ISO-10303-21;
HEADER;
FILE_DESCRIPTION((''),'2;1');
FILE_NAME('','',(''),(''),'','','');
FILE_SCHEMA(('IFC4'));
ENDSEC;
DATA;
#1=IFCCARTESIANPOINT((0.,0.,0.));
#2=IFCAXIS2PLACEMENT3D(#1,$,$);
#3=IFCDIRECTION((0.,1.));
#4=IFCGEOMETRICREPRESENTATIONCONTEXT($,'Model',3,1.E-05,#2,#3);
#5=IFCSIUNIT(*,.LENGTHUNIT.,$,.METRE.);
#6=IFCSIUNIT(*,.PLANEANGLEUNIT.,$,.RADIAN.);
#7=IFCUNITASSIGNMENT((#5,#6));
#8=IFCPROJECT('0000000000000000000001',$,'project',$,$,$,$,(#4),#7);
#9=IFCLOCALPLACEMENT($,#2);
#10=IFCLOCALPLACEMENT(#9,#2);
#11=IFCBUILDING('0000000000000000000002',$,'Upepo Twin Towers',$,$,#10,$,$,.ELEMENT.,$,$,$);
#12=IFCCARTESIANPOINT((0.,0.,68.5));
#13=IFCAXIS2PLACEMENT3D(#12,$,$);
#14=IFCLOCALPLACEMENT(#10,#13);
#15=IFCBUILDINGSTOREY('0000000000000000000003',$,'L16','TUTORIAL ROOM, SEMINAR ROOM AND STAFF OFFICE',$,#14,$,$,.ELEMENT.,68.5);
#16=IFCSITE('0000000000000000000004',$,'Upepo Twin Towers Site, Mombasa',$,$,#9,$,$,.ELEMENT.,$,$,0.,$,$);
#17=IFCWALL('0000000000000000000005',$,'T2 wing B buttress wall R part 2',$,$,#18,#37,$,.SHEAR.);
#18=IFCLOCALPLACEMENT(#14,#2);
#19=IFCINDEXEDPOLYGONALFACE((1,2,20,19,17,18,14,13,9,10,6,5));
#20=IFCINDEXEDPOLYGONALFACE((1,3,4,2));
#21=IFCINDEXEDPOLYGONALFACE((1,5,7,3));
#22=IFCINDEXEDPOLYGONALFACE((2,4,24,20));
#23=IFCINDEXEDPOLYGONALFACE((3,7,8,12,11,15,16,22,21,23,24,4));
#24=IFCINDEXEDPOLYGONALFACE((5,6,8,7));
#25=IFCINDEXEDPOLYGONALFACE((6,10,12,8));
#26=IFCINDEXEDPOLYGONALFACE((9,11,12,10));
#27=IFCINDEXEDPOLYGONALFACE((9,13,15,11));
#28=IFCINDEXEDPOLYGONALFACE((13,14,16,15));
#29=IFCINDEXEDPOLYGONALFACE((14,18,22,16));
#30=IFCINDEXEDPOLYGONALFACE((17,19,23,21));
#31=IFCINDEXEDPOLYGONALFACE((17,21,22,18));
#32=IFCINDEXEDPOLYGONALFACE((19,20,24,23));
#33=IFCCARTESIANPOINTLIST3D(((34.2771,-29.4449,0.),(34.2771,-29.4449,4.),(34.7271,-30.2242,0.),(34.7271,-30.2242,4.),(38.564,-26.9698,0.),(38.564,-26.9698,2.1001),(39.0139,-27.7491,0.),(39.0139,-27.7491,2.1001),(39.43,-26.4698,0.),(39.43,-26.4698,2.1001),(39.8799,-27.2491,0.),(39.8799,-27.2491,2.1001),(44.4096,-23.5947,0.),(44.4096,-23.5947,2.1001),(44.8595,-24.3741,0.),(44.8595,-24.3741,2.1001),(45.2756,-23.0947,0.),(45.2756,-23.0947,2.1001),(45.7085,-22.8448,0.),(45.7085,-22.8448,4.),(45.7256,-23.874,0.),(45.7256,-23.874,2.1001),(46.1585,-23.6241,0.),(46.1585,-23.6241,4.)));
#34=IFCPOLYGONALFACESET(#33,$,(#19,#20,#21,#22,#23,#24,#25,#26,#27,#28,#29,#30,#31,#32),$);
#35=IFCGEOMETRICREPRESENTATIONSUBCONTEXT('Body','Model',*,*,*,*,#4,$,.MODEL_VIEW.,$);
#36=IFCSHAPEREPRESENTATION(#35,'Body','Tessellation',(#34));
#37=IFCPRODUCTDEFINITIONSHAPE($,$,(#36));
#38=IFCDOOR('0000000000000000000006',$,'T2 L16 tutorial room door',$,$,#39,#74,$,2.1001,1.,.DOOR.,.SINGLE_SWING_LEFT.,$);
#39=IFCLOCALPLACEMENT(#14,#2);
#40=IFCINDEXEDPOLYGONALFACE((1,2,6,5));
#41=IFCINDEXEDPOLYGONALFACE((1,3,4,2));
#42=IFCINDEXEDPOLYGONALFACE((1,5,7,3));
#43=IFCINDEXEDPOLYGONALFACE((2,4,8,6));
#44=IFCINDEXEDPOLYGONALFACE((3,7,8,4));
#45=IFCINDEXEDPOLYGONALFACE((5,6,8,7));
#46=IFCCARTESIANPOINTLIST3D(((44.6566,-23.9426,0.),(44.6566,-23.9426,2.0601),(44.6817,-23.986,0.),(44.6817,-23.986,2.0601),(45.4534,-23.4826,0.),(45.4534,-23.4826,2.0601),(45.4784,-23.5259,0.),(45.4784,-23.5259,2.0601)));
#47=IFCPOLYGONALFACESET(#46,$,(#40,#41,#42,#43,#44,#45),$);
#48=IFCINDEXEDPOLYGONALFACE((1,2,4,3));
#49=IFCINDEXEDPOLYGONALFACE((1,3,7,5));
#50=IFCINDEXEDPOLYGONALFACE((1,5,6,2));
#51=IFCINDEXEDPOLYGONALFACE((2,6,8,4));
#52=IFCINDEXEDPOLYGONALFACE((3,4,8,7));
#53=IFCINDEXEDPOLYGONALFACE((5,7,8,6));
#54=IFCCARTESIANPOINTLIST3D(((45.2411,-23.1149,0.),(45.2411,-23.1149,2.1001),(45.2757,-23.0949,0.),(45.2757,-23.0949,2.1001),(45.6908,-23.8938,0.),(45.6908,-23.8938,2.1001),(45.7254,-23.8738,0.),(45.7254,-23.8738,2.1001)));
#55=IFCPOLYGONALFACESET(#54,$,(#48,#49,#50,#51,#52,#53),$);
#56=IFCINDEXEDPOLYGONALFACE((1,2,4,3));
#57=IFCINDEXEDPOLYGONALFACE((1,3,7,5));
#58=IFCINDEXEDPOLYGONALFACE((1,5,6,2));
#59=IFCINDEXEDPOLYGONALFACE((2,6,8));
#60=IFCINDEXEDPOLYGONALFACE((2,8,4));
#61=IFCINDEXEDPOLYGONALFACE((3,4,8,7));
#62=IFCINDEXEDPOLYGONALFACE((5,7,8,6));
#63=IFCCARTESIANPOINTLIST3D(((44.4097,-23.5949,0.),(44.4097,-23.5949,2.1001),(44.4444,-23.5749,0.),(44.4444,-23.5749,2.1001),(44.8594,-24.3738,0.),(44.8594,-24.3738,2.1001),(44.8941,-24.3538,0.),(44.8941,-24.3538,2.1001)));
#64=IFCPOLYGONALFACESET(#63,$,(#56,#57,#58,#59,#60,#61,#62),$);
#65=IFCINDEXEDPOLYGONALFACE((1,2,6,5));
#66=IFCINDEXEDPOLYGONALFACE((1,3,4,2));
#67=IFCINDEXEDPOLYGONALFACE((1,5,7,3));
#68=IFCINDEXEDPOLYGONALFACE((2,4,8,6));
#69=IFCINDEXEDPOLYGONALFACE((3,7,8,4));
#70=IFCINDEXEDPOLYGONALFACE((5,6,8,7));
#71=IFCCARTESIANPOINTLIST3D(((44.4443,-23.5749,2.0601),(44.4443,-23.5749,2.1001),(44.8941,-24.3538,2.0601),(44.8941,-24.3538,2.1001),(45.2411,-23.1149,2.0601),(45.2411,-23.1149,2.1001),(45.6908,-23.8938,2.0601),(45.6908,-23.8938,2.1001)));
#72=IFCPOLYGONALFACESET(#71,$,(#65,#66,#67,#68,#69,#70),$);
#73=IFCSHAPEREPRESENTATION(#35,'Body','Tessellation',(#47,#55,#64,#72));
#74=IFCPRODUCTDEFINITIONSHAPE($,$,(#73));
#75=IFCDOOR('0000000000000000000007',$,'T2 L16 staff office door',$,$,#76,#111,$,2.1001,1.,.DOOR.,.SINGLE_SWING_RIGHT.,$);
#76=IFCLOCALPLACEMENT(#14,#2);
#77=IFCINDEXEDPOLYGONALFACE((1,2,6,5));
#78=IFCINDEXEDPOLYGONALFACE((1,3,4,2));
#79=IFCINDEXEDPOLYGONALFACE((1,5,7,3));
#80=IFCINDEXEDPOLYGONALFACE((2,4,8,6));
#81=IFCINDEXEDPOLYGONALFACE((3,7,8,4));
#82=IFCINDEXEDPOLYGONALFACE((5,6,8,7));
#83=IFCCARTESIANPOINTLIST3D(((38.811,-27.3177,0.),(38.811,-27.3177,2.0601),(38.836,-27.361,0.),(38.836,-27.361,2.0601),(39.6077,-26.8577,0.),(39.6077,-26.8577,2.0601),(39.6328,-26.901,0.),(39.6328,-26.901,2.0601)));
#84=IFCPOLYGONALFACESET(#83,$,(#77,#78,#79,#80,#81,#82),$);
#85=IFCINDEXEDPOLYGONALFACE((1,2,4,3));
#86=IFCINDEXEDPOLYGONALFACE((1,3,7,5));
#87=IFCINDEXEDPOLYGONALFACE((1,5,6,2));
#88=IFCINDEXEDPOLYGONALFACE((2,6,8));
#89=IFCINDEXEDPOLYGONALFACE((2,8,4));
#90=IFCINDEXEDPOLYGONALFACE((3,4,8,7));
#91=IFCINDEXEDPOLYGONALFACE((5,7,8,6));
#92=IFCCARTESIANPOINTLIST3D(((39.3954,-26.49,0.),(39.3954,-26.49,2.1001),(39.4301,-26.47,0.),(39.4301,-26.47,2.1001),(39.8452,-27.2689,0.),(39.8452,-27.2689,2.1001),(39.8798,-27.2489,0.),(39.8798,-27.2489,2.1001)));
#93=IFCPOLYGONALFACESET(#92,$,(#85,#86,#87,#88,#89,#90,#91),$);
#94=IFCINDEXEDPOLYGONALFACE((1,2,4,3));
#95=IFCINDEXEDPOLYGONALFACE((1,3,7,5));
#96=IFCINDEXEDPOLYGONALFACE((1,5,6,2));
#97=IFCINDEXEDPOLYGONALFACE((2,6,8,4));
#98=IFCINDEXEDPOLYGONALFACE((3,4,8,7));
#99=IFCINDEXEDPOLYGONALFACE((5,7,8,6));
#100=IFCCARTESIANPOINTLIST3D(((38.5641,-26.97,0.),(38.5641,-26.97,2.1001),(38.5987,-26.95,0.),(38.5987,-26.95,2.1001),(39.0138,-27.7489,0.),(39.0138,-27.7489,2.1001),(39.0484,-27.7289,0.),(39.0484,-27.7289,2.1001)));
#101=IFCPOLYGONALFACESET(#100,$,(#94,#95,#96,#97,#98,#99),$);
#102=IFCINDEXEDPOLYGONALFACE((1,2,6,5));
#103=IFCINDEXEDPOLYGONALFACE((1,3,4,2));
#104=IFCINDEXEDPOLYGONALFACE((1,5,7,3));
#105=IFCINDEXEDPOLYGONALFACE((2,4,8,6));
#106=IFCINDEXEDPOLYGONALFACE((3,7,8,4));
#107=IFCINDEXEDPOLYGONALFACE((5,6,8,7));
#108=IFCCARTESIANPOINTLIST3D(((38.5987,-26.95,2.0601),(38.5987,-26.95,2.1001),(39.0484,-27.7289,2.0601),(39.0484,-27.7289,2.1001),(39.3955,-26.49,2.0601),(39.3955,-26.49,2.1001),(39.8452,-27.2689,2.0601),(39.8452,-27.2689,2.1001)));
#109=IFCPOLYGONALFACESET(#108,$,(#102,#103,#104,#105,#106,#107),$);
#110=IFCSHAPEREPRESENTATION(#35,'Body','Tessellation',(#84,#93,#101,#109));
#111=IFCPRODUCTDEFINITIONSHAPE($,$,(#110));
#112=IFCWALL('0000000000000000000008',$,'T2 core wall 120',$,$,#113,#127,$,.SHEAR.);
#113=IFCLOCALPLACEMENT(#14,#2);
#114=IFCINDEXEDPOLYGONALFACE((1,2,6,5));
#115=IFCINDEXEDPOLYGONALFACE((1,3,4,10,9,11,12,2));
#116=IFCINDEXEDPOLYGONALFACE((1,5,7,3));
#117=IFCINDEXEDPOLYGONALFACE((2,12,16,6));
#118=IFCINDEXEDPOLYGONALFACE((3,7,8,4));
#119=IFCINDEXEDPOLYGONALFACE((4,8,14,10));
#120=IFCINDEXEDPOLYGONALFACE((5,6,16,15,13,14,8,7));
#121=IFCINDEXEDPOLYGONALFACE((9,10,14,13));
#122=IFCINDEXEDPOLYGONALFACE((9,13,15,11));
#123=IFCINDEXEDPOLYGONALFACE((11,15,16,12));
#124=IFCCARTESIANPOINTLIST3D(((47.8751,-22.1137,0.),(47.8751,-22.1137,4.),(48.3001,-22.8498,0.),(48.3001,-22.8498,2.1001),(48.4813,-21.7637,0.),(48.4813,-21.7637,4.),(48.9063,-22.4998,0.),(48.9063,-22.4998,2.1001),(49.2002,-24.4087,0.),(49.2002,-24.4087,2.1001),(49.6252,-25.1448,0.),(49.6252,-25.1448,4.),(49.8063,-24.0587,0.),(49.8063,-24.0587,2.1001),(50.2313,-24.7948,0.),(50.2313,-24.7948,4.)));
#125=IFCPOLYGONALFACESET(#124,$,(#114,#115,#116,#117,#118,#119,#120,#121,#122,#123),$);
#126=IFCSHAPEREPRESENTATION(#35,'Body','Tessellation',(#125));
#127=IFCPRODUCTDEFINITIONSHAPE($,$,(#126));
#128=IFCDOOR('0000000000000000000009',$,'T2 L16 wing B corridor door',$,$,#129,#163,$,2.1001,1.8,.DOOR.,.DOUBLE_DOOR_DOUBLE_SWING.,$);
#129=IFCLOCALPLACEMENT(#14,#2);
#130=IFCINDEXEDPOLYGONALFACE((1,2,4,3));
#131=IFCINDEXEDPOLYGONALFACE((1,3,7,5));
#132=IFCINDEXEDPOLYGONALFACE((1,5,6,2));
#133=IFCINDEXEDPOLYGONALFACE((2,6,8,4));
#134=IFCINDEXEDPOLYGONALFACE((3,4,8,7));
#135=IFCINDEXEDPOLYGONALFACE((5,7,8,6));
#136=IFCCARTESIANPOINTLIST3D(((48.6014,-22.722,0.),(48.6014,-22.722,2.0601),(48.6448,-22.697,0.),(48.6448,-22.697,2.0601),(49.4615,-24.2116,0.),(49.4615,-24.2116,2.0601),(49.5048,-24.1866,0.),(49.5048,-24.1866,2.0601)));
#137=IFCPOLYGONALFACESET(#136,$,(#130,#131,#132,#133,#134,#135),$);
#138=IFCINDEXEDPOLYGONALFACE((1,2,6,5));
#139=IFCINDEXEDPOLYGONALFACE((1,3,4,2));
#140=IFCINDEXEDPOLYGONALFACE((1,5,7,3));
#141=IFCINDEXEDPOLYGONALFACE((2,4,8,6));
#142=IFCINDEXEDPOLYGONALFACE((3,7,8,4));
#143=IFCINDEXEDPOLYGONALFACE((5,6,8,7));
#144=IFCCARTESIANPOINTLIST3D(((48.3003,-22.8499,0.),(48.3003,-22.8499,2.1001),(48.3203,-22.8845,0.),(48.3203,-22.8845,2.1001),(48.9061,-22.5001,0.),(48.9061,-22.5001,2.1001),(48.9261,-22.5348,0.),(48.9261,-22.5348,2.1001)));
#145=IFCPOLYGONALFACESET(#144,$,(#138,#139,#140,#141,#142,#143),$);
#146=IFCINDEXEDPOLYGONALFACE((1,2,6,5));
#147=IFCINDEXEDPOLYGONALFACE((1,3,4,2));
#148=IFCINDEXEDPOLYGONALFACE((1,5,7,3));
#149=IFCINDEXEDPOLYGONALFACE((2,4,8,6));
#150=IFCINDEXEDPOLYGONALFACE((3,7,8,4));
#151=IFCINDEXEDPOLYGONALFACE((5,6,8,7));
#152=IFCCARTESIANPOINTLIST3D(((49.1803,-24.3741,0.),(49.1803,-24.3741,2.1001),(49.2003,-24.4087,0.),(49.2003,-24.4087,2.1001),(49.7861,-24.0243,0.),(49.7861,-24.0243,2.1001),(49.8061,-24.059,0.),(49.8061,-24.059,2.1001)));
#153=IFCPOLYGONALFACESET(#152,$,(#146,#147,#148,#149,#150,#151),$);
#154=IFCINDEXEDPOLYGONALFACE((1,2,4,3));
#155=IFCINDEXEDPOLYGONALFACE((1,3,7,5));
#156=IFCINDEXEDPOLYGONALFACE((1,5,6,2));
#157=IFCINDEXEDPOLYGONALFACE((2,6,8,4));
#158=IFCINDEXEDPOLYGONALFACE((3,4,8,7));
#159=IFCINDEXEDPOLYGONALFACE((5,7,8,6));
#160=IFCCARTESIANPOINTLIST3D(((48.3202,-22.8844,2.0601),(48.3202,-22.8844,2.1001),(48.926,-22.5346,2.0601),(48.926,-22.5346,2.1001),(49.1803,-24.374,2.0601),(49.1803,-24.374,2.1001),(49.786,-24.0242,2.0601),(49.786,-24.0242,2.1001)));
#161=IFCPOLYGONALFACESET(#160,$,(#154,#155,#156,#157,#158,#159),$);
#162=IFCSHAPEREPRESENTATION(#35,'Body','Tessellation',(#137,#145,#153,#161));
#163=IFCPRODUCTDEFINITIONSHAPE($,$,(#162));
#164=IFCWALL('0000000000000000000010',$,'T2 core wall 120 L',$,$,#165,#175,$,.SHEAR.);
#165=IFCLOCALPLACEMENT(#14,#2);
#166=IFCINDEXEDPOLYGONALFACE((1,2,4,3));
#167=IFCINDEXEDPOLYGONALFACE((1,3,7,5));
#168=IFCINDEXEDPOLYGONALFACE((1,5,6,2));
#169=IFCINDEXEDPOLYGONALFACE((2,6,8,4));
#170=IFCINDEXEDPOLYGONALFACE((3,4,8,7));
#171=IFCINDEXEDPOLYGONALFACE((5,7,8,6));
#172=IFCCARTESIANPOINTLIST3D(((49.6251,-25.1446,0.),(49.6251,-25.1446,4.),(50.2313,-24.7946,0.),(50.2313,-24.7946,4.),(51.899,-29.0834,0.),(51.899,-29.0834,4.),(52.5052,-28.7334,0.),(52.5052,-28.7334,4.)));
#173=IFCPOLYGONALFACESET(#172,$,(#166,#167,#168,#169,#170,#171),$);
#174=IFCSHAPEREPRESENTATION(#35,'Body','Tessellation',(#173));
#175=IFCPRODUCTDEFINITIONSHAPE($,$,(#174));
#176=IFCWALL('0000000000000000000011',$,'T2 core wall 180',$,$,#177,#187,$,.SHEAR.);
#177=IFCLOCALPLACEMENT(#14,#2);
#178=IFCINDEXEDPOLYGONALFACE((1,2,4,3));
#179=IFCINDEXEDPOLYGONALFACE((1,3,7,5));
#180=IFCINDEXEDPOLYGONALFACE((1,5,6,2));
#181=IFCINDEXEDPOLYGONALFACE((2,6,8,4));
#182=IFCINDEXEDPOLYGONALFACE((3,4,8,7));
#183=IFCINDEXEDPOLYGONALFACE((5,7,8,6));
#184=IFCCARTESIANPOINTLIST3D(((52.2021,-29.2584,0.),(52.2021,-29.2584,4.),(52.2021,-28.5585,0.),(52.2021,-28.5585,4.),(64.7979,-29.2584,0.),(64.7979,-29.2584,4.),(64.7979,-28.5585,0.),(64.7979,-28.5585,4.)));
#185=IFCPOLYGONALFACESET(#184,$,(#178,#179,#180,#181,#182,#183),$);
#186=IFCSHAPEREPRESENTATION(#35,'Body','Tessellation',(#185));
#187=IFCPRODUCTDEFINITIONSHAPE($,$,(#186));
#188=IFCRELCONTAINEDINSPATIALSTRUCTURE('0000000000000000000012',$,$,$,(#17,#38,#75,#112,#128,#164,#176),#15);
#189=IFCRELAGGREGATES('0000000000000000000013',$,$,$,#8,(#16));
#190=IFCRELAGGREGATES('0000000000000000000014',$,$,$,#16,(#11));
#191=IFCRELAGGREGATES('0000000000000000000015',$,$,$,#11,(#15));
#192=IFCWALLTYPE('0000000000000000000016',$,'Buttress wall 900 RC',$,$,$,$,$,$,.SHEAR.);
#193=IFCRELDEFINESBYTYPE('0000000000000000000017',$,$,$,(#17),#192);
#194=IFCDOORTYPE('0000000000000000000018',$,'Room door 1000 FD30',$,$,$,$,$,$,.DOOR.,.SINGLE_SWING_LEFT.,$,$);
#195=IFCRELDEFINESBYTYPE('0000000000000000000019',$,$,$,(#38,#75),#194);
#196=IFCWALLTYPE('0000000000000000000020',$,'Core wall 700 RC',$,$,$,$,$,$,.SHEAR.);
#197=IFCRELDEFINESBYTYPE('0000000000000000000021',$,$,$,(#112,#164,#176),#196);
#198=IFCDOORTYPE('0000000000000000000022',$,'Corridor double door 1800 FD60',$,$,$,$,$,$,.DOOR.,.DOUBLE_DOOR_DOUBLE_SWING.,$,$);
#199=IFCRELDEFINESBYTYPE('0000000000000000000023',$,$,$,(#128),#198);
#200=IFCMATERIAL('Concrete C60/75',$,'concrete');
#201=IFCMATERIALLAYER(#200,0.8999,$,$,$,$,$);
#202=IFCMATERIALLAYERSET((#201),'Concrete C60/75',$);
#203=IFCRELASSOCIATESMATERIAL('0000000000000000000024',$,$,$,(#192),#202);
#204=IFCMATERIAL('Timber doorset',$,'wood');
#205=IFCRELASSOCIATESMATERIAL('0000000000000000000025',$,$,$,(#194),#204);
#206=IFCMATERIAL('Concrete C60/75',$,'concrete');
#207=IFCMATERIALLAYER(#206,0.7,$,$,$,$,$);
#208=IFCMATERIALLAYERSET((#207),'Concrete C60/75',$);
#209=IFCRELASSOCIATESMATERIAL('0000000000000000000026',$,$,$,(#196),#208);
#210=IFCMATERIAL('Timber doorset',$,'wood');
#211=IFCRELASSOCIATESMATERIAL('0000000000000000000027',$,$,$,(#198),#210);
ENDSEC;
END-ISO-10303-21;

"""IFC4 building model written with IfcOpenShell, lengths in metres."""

from ifc_helpers import new_model, si_unit, direction, frame, frame_2d, origin, place, context, subcontext, project, spatial, rectangle, extrude, material, layer, layer_set, type_object, element, fill, save


model = new_model("IFC4")

# Units and contexts
model_context = context("Model", 3, precision=1e-05, world=origin(), true_north=direction((0.0, 1.0)))
body_context = subcontext(model_context, "Body", "Model", "MODEL_VIEW")
ifc_project = project(units=[si_unit("LENGTHUNIT", "METRE"), si_unit("PLANEANGLEUNIT", "RADIAN")], contexts=[model_context])

# Site, building, storey
site_placement = place(None, origin())
site = spatial("IfcSite", under=ifc_project, at=site_placement, Name="Upepo Twin Towers Site, Mombasa", CompositionType="ELEMENT", RefElevation=0.0)
building_placement = place(site_placement, origin())
building = spatial("IfcBuilding", under=site, at=building_placement, Name="Upepo Twin Towers", CompositionType="ELEMENT")
storey_placement = place(building_placement, frame((0.0, 0.0, 68.5)))
storey = spatial("IfcBuildingStorey", under=building, at=storey_placement, Name="L16", Description="TUTORIAL ROOM, SEMINAR ROOM AND STAFF OFFICE", CompositionType="ELEMENT", Elevation=68.5)

# Wall, openings, doors
ifc_material_1 = material(Name="Concrete C60/75", Category="concrete")
ifc_layer_1 = layer(ifc_material_1, 0.8999)
ifc_layer_set_1 = layer_set([ifc_layer_1], Name="Concrete C60/75")
wall_type_1 = type_object("IfcWallType", Name="Buttress wall 900 RC", PredefinedType="SHEAR", material=ifc_layer_set_1)
ifc_material_2 = material(Name="Timber doorset", Category="wood")
door_type_1 = type_object("IfcDoorType", Name="Room door 1000 FD30", OperationType="SINGLE_SWING_LEFT", PredefinedType="DOOR", material=ifc_material_2)
wall_1_placement = place(storey_placement, frame((45.9336, -23.2344, 0.0), z_axis=(0.0, 0.0, 1.0), x_axis=(-0.86602, -0.50001, 0.0)))
wall_1 = element("IfcWall", 1, at=wall_1_placement, inside=storey, type_object=wall_type_1, Name="T2 wing B buttress wall R part 2", PredefinedType="SHEAR", context=body_context, shape_type="SweptSolid", body=[
    extrude(rectangle(XDim=13.2, YDim=0.8999, at=frame_2d((6.6001, 0.0))), origin(), (0.0, 0.0, 1.0), 4.0),
])
opening_1_placement = place(wall_1_placement, frame((0.5, 0.0, 0.0)))
opening_1 = element("IfcOpeningElement", 2, at=opening_1_placement, cuts=wall_1, PredefinedType="OPENING", context=body_context, shape_type="SweptSolid", body=[
    extrude(rectangle(XDim=1.0, YDim=2.1001, at=frame_2d((0.5, 1.05))), frame((0.0, 0.46, 0.0), z_axis=(0.0, -1.0, 0.0), x_axis=(1.0, 0.0, 0.0)), (0.0, 0.0, 1.0), 0.9199),
])
opening_2_placement = place(wall_1_placement, frame((7.25, 0.0, 0.0)))
opening_2 = element("IfcOpeningElement", 3, at=opening_2_placement, cuts=wall_1, PredefinedType="OPENING", context=body_context, shape_type="SweptSolid", body=[
    extrude(rectangle(XDim=1.0, YDim=2.1001, at=frame_2d((0.5, 1.05))), frame((0.0, 0.46, 0.0), z_axis=(0.0, -1.0, 0.0), x_axis=(1.0, 0.0, 0.0)), (0.0, 0.0, 1.0), 0.9199),
])
door_1_placement = place(opening_1_placement, origin())
door_1 = element("IfcDoor", 4, at=door_1_placement, inside=storey, type_object=door_type_1, Name="T2 L16 tutorial room door", OperationType="SINGLE_SWING_LEFT", OverallHeight=2.1001, OverallWidth=1.0, PredefinedType="DOOR", context=body_context, shape_type="SweptSolid", body=[
    extrude(rectangle(XDim=0.92, YDim=2.0601, at=frame_2d((0.5, 1.03))), frame((0.0, 0.0249, 0.0), z_axis=(0.0, -1.0, 0.0), x_axis=(1.0, 0.0, 0.0)), (0.0, 0.0, 1.0), 0.05),
    extrude(rectangle(XDim=0.04, YDim=2.1001, at=frame_2d((0.02, 1.05))), frame((0.0, 0.4497, 0.0), z_axis=(0.0, -1.0, 0.0), x_axis=(1.0, 0.0, 0.0)), (0.0, 0.0, 1.0), 0.8994),
    extrude(rectangle(XDim=0.04, YDim=2.1001, at=frame_2d((0.98, 1.05))), frame((0.0, 0.4497, 0.0), z_axis=(0.0, -1.0, 0.0), x_axis=(1.0, 0.0, 0.0)), (0.0, 0.0, 1.0), 0.8994),
    extrude(rectangle(XDim=0.92, YDim=0.04, at=frame_2d((0.5, 2.0801))), frame((0.0, 0.4497, 0.0), z_axis=(0.0, -1.0, 0.0), x_axis=(1.0, 0.0, 0.0)), (0.0, 0.0, 1.0), 0.8994),
])
fill(opening_1, door_1)
door_2_placement = place(opening_2_placement, origin())
door_2 = element("IfcDoor", 5, at=door_2_placement, inside=storey, type_object=door_type_1, Name="T2 L16 staff office door", OperationType="SINGLE_SWING_RIGHT", OverallHeight=2.1001, OverallWidth=1.0, PredefinedType="DOOR", context=body_context, shape_type="SweptSolid", body=[
    extrude(rectangle(XDim=0.92, YDim=2.0601, at=frame_2d((0.5, 1.03))), frame((0.0, 0.0249, 0.0), z_axis=(0.0, -1.0, 0.0), x_axis=(1.0, 0.0, 0.0)), (0.0, 0.0, 1.0), 0.05),
    extrude(rectangle(XDim=0.04, YDim=2.1001, at=frame_2d((0.02, 1.05))), frame((0.0, 0.4497, 0.0), z_axis=(0.0, -1.0, 0.0), x_axis=(1.0, 0.0, 0.0)), (0.0, 0.0, 1.0), 0.8994),
    extrude(rectangle(XDim=0.04, YDim=2.1001, at=frame_2d((0.98, 1.05))), frame((0.0, 0.4497, 0.0), z_axis=(0.0, -1.0, 0.0), x_axis=(1.0, 0.0, 0.0)), (0.0, 0.0, 1.0), 0.8994),
    extrude(rectangle(XDim=0.92, YDim=0.04, at=frame_2d((0.5, 2.0801))), frame((0.0, 0.4497, 0.0), z_axis=(0.0, -1.0, 0.0), x_axis=(1.0, 0.0, 0.0)), (0.0, 0.0, 1.0), 0.8994),
])
fill(opening_2, door_2)

# Wall, opening, door
ifc_material_3 = material(Name="Concrete C60/75", Category="concrete")
ifc_layer_2 = layer(ifc_material_3, 0.7)
ifc_layer_set_2 = layer_set([ifc_layer_2], Name="Concrete C60/75")
wall_type_2 = type_object("IfcWallType", Name="Core wall 700 RC", PredefinedType="SHEAR", material=ifc_layer_set_2)
wall_2_placement = place(storey_placement, frame((48.1782, -21.9387, 0.0), z_axis=(0.0, 0.0, 1.0), x_axis=(0.50001, -0.866019, 0.0)))
wall_2 = element("IfcWall", 6, at=wall_2_placement, inside=storey, type_object=wall_type_2, Name="T2 core wall 120", PredefinedType="SHEAR", context=body_context, shape_type="SweptSolid", body=[
    extrude(rectangle(XDim=3.5, YDim=0.7, at=frame_2d((1.75, 0.0))), origin(), (0.0, 0.0, 1.0), 4.0),
])
opening_3_placement = place(wall_2_placement, frame((0.8501, 0.0, 0.0)))
opening_3 = element("IfcOpeningElement", 7, at=opening_3_placement, cuts=wall_2, PredefinedType="OPENING", context=body_context, shape_type="SweptSolid", body=[
    extrude(rectangle(XDim=1.8, YDim=2.1001, at=frame_2d((0.8999, 1.05))), frame((0.0, 0.3599, 0.0), z_axis=(0.0, -1.0, 0.0), x_axis=(1.0, 0.0, 0.0)), (0.0, 0.0, 1.0), 0.72),
])
ifc_material_4 = material(Name="Timber doorset", Category="wood")
door_type_2 = type_object("IfcDoorType", Name="Corridor double door 1800 FD60", OperationType="DOUBLE_DOOR_DOUBLE_SWING", PredefinedType="DOOR", material=ifc_material_4)
door_3_placement = place(opening_3_placement, origin())
door_3 = element("IfcDoor", 8, at=door_3_placement, inside=storey, type_object=door_type_2, Name="T2 L16 wing B corridor door", OperationType="DOUBLE_DOOR_DOUBLE_SWING", OverallHeight=2.1001, OverallWidth=1.8, PredefinedType="DOOR", context=body_context, shape_type="SweptSolid", body=[
    extrude(rectangle(XDim=1.72, YDim=2.0601, at=frame_2d((0.8999, 1.03))), frame((0.0, 0.0249, 0.0), z_axis=(0.0, -1.0, 0.0), x_axis=(1.0, 0.0, 0.0)), (0.0, 0.0, 1.0), 0.05),
    extrude(rectangle(XDim=0.04, YDim=2.1001, at=frame_2d((0.02, 1.05))), frame((0.0, 0.3496, 0.0), z_axis=(0.0, -1.0, 0.0), x_axis=(1.0, 0.0, 0.0)), (0.0, 0.0, 1.0), 0.6995),
    extrude(rectangle(XDim=0.04, YDim=2.1001, at=frame_2d((1.78, 1.05))), frame((0.0, 0.3496, 0.0), z_axis=(0.0, -1.0, 0.0), x_axis=(1.0, 0.0, 0.0)), (0.0, 0.0, 1.0), 0.6995),
    extrude(rectangle(XDim=1.72, YDim=0.04, at=frame_2d((0.8999, 2.0801))), frame((0.0, 0.3496, 0.0), z_axis=(0.0, -1.0, 0.0), x_axis=(1.0, 0.0, 0.0)), (0.0, 0.0, 1.0), 0.6995),
])
fill(opening_3, door_3)

# Walls
wall_3_placement = place(storey_placement, frame((49.9282, -24.9697, 0.0), z_axis=(0.0, 0.0, 1.0), x_axis=(0.499984, -0.866035, 0.0)))
element("IfcWall", 9, at=wall_3_placement, inside=storey, type_object=wall_type_2, Name="T2 core wall 120 L", PredefinedType="SHEAR", context=body_context, shape_type="SweptSolid", body=[
    extrude(rectangle(XDim=4.5481, YDim=0.7, at=frame_2d((2.2739, 0.0))), origin(), (0.0, 0.0, 1.0), 4.0),
])
wall_4_placement = place(storey_placement, frame((52.2021, -28.9084, 0.0), z_axis=(0.0, 0.0, 1.0), x_axis=(1.0, 0.0, 0.0)))
element("IfcWall", 10, at=wall_4_placement, inside=storey, type_object=wall_type_2, Name="T2 core wall 180", PredefinedType="SHEAR", context=body_context, shape_type="SweptSolid", body=[
    extrude(rectangle(XDim=12.5957, YDim=0.7, at=frame_2d((6.2979, 0.0))), origin(), (0.0, 0.0, 1.0), 4.0),
])

save(model, "model.ifc")
